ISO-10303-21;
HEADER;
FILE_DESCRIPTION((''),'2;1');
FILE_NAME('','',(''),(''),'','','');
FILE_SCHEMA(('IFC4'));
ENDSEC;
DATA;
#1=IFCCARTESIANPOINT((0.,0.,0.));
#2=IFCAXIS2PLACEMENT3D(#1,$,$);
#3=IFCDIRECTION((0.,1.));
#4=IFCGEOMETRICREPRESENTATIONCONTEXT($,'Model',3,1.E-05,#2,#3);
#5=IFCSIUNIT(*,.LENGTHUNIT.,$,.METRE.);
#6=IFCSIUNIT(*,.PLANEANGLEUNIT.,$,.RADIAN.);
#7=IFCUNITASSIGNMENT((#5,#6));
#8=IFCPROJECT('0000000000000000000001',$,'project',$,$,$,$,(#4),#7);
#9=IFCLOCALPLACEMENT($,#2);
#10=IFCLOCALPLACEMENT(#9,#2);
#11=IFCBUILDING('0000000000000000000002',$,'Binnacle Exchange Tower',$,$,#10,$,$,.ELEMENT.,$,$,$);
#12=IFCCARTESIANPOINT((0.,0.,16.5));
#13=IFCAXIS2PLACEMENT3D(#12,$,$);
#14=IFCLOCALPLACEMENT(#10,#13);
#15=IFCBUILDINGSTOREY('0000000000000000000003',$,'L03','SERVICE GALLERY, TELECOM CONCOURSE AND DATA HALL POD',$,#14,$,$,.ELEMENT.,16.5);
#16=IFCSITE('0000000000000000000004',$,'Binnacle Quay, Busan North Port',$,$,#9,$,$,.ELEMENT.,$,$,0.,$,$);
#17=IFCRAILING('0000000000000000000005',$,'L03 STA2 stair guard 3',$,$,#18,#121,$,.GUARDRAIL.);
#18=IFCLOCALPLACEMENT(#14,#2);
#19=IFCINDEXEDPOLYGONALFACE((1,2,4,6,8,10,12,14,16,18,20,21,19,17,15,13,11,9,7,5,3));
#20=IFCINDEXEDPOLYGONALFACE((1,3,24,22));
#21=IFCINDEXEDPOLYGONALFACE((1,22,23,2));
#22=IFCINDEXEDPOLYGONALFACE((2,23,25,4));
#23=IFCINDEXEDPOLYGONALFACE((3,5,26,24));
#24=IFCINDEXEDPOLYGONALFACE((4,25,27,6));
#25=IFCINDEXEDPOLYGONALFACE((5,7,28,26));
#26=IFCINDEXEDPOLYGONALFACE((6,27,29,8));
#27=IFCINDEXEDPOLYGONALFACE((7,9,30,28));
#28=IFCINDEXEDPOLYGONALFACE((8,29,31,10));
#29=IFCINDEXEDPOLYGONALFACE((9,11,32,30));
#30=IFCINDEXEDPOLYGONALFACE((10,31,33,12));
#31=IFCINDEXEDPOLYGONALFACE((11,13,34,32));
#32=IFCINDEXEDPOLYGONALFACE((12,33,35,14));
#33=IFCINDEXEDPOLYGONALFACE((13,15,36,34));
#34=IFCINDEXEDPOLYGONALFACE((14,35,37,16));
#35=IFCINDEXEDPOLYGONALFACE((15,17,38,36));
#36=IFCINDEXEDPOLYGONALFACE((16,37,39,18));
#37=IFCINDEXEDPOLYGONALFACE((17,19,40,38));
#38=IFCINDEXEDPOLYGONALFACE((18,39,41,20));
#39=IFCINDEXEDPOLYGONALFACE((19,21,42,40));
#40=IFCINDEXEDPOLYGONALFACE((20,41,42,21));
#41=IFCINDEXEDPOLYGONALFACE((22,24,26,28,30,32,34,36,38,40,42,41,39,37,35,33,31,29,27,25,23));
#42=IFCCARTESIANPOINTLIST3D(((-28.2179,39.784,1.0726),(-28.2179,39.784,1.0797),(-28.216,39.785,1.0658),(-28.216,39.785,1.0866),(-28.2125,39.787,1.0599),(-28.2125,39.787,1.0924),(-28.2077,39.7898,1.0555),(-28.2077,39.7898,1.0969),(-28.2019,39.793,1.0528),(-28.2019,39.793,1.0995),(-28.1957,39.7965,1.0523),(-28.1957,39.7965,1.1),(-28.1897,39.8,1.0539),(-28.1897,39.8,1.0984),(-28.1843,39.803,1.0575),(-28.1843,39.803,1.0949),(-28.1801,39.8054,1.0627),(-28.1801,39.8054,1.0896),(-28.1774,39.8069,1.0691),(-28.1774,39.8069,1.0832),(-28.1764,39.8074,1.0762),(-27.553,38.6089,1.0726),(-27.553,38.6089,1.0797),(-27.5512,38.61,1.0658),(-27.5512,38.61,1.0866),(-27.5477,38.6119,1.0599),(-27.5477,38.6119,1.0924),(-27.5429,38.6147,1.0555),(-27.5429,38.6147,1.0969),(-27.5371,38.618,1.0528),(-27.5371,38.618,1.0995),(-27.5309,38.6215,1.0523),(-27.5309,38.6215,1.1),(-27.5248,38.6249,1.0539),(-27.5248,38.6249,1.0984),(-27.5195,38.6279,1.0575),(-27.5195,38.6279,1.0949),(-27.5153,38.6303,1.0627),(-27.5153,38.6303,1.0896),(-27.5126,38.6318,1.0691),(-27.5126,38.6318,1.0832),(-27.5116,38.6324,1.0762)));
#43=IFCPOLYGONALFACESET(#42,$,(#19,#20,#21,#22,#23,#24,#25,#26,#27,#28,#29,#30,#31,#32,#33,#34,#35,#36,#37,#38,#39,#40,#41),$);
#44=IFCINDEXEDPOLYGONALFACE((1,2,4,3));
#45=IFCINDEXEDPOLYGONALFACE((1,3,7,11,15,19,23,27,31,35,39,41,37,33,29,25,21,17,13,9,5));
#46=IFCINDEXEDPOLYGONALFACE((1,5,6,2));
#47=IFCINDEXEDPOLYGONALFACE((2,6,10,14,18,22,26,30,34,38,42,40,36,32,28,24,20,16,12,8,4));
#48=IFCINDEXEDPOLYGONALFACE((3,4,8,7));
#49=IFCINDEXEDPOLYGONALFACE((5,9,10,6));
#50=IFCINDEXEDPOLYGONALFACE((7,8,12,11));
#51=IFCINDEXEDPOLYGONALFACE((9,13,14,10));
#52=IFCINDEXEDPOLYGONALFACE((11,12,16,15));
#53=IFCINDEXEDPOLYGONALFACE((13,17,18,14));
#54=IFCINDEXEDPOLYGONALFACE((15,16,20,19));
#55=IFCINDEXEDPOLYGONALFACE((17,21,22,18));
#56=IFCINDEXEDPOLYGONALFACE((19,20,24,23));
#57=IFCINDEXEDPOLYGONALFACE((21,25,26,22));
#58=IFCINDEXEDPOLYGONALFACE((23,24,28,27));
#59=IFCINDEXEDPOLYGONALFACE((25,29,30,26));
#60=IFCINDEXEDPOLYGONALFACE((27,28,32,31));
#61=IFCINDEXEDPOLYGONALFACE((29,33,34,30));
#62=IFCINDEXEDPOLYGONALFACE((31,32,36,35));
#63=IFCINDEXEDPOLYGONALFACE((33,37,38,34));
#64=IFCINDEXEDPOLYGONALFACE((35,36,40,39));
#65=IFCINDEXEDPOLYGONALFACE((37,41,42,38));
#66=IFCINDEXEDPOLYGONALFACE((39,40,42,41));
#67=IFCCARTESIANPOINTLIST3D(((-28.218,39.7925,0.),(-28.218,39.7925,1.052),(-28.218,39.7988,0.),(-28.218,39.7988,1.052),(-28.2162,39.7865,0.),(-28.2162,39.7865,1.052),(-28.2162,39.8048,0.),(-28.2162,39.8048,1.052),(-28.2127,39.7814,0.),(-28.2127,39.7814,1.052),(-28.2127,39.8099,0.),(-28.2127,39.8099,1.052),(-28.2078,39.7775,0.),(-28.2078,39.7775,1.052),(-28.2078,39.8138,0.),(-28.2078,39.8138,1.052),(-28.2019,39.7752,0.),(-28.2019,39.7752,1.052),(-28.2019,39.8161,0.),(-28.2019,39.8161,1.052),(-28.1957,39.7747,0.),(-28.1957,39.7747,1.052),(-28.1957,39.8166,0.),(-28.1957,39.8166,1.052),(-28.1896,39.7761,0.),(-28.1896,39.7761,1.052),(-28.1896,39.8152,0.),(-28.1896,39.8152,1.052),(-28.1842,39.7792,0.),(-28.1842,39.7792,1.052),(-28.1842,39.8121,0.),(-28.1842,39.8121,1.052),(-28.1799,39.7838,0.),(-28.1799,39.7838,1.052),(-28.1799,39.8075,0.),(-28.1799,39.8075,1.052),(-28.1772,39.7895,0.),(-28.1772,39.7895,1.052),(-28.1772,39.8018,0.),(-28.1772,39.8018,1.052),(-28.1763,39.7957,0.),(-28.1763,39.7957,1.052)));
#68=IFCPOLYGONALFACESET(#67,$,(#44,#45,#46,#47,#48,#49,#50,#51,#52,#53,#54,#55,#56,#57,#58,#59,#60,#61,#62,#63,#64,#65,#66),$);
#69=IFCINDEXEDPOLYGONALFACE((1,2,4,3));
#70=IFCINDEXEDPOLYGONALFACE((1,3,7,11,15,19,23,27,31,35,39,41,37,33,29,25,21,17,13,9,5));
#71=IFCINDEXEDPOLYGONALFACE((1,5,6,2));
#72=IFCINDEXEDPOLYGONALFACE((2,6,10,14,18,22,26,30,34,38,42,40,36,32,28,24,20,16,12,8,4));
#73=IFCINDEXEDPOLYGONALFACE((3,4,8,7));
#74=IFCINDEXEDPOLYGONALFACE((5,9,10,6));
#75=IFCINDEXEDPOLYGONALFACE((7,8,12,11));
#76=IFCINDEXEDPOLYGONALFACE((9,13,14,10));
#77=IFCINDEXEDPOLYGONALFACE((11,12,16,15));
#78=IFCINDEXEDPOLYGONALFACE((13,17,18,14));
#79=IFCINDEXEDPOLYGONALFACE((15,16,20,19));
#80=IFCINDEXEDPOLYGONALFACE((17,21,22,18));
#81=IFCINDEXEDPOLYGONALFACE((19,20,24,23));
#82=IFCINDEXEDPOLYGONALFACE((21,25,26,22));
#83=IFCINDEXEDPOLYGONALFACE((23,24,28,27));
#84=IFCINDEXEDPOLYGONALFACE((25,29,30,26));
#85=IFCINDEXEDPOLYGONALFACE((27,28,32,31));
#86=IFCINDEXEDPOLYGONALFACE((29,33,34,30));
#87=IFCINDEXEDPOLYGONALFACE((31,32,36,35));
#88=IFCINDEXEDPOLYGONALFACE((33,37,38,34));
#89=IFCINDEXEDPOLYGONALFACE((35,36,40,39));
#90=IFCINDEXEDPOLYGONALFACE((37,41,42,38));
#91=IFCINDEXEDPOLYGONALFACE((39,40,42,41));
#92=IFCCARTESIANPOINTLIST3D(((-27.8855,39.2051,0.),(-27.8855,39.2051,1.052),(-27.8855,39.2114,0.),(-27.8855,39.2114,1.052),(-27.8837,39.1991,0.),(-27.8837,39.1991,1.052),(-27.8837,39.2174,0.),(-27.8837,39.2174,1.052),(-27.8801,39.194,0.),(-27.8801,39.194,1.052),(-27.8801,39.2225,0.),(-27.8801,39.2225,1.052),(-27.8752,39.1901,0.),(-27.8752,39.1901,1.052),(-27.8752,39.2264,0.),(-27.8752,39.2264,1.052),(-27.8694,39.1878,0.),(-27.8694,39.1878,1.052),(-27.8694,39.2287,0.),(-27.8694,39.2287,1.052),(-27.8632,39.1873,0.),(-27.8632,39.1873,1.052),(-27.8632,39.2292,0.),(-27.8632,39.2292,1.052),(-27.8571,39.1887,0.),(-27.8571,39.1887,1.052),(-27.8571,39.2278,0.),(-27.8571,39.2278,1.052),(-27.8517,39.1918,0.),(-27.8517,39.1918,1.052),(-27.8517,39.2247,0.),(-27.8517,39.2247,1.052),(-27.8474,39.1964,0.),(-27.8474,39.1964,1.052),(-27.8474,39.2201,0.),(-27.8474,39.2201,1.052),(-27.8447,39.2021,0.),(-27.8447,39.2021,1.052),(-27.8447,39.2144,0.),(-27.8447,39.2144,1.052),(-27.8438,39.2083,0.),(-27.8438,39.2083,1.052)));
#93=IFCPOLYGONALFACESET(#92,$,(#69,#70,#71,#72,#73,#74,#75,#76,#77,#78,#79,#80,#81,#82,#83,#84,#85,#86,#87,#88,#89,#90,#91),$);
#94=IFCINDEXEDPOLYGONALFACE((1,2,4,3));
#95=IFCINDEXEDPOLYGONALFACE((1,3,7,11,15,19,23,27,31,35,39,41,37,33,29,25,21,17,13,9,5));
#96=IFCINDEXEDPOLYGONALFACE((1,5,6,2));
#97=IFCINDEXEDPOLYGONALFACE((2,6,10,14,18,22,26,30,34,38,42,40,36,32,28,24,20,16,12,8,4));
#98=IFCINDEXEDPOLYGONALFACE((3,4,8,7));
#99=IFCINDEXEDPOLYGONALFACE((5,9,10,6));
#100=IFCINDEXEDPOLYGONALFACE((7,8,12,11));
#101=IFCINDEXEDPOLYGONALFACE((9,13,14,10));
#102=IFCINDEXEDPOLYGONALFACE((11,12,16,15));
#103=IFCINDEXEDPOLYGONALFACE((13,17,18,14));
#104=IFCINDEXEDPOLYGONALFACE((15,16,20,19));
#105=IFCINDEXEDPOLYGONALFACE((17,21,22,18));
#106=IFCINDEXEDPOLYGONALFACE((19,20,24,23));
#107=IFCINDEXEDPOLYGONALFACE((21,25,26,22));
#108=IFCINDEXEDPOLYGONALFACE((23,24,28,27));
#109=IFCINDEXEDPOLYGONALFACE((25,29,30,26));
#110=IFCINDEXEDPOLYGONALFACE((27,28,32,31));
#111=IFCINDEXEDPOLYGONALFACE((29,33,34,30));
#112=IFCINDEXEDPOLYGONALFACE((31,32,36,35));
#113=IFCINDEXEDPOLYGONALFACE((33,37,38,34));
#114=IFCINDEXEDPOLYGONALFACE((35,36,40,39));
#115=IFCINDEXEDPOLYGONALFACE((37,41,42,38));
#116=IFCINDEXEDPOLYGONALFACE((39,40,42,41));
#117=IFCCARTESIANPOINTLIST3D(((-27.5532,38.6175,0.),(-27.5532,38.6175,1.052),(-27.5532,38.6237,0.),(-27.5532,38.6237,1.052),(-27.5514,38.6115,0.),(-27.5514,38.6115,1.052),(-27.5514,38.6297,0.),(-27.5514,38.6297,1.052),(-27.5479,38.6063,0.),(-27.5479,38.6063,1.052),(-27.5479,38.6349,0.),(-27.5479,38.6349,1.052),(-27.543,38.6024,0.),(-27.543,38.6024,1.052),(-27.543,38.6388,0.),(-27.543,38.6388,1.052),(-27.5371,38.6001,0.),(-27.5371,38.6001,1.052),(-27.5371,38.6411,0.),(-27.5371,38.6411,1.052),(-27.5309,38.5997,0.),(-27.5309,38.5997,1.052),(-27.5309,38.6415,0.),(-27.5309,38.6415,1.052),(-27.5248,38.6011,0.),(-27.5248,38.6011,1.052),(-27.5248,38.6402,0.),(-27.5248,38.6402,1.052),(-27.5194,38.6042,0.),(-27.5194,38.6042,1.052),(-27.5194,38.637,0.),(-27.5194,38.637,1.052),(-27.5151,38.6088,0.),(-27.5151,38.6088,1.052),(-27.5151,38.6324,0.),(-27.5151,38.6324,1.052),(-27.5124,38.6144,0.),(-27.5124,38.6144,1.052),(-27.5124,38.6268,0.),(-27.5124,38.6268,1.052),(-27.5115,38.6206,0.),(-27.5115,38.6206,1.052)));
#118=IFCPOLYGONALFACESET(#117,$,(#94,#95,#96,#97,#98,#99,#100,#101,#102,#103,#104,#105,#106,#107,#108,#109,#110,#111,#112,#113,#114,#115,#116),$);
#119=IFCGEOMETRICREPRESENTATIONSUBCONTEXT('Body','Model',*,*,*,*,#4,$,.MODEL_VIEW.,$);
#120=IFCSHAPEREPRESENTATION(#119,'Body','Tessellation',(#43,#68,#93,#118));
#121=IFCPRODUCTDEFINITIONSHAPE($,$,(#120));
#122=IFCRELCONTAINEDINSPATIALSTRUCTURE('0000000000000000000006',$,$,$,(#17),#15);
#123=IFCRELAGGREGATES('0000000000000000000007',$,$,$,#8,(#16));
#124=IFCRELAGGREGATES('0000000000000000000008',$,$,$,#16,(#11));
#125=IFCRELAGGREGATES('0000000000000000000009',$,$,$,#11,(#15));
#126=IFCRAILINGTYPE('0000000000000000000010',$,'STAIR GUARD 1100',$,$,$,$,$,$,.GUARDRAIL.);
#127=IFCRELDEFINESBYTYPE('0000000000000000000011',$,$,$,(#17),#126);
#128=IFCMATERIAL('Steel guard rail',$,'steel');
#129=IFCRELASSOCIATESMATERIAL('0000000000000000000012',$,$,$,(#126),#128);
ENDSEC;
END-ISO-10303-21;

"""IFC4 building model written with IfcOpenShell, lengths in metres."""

from ifc_helpers import new_model, si_unit, direction, frame, origin, origin_2d, place, context, subcontext, project, spatial, circle, extrude, material, type_object, element, save


model = new_model("IFC4")

# Units and contexts
model_context = context("Model", 3, precision=1e-05, world=origin(), true_north=direction((0.0, 1.0)))
body_context = subcontext(model_context, "Body", "Model", "MODEL_VIEW")
ifc_project = project(units=[si_unit("LENGTHUNIT", "METRE"), si_unit("PLANEANGLEUNIT", "RADIAN")], contexts=[model_context])

# Site, building, storey
site_placement = place(None, origin())
site = spatial("IfcSite", under=ifc_project, at=site_placement, Name="Binnacle Quay, Busan North Port", CompositionType="ELEMENT", RefElevation=0.0)
building_placement = place(site_placement, origin())
building = spatial("IfcBuilding", under=site, at=building_placement, Name="Binnacle Exchange Tower", CompositionType="ELEMENT")
storey_placement = place(building_placement, frame((0.0, 0.0, 16.5)))
storey = spatial("IfcBuildingStorey", under=building, at=storey_placement, Name="L03", Description="SERVICE GALLERY, TELECOM CONCOURSE AND DATA HALL POD", CompositionType="ELEMENT", Elevation=16.5)

# Railing
ifc_material_1 = material(Name="Steel guard rail", Category="steel")
railing_type_1 = type_object("IfcRailingType", Name="STAIR GUARD 1100", PredefinedType="GUARDRAIL", material=ifc_material_1)
railing_1_placement = place(storey_placement, frame((-28.1973, 39.7957, 0.0)))
element("IfcRailing", 1, at=railing_1_placement, inside=storey, type_object=railing_type_1, Name="L03 STA2 stair guard 3", PredefinedType="GUARDRAIL", context=body_context, shape_type="SweptSolid", body=[
    extrude(circle(Radius=0.0239, at=origin_2d()), frame((0.0, 0.0, 1.0762), z_axis=(0.492415, -0.870361, 0.0), x_axis=(0.870361, 0.492415, 0.0)), (0.0, 0.0, 1.0), 1.3501),
    extrude(circle(Radius=0.021, at=origin_2d()), origin(), (0.0, 0.0, 1.0), 1.052),
    extrude(circle(Radius=0.021, at=origin_2d()), frame((0.3325, -0.5874, 0.0)), (0.0, 0.0, 1.0), 1.052),
    extrude(circle(Radius=0.021, at=origin_2d()), frame((0.6648, -1.175, 0.0)), (0.0, 0.0, 1.0), 1.052),
])

save(model, "model.ifc")
